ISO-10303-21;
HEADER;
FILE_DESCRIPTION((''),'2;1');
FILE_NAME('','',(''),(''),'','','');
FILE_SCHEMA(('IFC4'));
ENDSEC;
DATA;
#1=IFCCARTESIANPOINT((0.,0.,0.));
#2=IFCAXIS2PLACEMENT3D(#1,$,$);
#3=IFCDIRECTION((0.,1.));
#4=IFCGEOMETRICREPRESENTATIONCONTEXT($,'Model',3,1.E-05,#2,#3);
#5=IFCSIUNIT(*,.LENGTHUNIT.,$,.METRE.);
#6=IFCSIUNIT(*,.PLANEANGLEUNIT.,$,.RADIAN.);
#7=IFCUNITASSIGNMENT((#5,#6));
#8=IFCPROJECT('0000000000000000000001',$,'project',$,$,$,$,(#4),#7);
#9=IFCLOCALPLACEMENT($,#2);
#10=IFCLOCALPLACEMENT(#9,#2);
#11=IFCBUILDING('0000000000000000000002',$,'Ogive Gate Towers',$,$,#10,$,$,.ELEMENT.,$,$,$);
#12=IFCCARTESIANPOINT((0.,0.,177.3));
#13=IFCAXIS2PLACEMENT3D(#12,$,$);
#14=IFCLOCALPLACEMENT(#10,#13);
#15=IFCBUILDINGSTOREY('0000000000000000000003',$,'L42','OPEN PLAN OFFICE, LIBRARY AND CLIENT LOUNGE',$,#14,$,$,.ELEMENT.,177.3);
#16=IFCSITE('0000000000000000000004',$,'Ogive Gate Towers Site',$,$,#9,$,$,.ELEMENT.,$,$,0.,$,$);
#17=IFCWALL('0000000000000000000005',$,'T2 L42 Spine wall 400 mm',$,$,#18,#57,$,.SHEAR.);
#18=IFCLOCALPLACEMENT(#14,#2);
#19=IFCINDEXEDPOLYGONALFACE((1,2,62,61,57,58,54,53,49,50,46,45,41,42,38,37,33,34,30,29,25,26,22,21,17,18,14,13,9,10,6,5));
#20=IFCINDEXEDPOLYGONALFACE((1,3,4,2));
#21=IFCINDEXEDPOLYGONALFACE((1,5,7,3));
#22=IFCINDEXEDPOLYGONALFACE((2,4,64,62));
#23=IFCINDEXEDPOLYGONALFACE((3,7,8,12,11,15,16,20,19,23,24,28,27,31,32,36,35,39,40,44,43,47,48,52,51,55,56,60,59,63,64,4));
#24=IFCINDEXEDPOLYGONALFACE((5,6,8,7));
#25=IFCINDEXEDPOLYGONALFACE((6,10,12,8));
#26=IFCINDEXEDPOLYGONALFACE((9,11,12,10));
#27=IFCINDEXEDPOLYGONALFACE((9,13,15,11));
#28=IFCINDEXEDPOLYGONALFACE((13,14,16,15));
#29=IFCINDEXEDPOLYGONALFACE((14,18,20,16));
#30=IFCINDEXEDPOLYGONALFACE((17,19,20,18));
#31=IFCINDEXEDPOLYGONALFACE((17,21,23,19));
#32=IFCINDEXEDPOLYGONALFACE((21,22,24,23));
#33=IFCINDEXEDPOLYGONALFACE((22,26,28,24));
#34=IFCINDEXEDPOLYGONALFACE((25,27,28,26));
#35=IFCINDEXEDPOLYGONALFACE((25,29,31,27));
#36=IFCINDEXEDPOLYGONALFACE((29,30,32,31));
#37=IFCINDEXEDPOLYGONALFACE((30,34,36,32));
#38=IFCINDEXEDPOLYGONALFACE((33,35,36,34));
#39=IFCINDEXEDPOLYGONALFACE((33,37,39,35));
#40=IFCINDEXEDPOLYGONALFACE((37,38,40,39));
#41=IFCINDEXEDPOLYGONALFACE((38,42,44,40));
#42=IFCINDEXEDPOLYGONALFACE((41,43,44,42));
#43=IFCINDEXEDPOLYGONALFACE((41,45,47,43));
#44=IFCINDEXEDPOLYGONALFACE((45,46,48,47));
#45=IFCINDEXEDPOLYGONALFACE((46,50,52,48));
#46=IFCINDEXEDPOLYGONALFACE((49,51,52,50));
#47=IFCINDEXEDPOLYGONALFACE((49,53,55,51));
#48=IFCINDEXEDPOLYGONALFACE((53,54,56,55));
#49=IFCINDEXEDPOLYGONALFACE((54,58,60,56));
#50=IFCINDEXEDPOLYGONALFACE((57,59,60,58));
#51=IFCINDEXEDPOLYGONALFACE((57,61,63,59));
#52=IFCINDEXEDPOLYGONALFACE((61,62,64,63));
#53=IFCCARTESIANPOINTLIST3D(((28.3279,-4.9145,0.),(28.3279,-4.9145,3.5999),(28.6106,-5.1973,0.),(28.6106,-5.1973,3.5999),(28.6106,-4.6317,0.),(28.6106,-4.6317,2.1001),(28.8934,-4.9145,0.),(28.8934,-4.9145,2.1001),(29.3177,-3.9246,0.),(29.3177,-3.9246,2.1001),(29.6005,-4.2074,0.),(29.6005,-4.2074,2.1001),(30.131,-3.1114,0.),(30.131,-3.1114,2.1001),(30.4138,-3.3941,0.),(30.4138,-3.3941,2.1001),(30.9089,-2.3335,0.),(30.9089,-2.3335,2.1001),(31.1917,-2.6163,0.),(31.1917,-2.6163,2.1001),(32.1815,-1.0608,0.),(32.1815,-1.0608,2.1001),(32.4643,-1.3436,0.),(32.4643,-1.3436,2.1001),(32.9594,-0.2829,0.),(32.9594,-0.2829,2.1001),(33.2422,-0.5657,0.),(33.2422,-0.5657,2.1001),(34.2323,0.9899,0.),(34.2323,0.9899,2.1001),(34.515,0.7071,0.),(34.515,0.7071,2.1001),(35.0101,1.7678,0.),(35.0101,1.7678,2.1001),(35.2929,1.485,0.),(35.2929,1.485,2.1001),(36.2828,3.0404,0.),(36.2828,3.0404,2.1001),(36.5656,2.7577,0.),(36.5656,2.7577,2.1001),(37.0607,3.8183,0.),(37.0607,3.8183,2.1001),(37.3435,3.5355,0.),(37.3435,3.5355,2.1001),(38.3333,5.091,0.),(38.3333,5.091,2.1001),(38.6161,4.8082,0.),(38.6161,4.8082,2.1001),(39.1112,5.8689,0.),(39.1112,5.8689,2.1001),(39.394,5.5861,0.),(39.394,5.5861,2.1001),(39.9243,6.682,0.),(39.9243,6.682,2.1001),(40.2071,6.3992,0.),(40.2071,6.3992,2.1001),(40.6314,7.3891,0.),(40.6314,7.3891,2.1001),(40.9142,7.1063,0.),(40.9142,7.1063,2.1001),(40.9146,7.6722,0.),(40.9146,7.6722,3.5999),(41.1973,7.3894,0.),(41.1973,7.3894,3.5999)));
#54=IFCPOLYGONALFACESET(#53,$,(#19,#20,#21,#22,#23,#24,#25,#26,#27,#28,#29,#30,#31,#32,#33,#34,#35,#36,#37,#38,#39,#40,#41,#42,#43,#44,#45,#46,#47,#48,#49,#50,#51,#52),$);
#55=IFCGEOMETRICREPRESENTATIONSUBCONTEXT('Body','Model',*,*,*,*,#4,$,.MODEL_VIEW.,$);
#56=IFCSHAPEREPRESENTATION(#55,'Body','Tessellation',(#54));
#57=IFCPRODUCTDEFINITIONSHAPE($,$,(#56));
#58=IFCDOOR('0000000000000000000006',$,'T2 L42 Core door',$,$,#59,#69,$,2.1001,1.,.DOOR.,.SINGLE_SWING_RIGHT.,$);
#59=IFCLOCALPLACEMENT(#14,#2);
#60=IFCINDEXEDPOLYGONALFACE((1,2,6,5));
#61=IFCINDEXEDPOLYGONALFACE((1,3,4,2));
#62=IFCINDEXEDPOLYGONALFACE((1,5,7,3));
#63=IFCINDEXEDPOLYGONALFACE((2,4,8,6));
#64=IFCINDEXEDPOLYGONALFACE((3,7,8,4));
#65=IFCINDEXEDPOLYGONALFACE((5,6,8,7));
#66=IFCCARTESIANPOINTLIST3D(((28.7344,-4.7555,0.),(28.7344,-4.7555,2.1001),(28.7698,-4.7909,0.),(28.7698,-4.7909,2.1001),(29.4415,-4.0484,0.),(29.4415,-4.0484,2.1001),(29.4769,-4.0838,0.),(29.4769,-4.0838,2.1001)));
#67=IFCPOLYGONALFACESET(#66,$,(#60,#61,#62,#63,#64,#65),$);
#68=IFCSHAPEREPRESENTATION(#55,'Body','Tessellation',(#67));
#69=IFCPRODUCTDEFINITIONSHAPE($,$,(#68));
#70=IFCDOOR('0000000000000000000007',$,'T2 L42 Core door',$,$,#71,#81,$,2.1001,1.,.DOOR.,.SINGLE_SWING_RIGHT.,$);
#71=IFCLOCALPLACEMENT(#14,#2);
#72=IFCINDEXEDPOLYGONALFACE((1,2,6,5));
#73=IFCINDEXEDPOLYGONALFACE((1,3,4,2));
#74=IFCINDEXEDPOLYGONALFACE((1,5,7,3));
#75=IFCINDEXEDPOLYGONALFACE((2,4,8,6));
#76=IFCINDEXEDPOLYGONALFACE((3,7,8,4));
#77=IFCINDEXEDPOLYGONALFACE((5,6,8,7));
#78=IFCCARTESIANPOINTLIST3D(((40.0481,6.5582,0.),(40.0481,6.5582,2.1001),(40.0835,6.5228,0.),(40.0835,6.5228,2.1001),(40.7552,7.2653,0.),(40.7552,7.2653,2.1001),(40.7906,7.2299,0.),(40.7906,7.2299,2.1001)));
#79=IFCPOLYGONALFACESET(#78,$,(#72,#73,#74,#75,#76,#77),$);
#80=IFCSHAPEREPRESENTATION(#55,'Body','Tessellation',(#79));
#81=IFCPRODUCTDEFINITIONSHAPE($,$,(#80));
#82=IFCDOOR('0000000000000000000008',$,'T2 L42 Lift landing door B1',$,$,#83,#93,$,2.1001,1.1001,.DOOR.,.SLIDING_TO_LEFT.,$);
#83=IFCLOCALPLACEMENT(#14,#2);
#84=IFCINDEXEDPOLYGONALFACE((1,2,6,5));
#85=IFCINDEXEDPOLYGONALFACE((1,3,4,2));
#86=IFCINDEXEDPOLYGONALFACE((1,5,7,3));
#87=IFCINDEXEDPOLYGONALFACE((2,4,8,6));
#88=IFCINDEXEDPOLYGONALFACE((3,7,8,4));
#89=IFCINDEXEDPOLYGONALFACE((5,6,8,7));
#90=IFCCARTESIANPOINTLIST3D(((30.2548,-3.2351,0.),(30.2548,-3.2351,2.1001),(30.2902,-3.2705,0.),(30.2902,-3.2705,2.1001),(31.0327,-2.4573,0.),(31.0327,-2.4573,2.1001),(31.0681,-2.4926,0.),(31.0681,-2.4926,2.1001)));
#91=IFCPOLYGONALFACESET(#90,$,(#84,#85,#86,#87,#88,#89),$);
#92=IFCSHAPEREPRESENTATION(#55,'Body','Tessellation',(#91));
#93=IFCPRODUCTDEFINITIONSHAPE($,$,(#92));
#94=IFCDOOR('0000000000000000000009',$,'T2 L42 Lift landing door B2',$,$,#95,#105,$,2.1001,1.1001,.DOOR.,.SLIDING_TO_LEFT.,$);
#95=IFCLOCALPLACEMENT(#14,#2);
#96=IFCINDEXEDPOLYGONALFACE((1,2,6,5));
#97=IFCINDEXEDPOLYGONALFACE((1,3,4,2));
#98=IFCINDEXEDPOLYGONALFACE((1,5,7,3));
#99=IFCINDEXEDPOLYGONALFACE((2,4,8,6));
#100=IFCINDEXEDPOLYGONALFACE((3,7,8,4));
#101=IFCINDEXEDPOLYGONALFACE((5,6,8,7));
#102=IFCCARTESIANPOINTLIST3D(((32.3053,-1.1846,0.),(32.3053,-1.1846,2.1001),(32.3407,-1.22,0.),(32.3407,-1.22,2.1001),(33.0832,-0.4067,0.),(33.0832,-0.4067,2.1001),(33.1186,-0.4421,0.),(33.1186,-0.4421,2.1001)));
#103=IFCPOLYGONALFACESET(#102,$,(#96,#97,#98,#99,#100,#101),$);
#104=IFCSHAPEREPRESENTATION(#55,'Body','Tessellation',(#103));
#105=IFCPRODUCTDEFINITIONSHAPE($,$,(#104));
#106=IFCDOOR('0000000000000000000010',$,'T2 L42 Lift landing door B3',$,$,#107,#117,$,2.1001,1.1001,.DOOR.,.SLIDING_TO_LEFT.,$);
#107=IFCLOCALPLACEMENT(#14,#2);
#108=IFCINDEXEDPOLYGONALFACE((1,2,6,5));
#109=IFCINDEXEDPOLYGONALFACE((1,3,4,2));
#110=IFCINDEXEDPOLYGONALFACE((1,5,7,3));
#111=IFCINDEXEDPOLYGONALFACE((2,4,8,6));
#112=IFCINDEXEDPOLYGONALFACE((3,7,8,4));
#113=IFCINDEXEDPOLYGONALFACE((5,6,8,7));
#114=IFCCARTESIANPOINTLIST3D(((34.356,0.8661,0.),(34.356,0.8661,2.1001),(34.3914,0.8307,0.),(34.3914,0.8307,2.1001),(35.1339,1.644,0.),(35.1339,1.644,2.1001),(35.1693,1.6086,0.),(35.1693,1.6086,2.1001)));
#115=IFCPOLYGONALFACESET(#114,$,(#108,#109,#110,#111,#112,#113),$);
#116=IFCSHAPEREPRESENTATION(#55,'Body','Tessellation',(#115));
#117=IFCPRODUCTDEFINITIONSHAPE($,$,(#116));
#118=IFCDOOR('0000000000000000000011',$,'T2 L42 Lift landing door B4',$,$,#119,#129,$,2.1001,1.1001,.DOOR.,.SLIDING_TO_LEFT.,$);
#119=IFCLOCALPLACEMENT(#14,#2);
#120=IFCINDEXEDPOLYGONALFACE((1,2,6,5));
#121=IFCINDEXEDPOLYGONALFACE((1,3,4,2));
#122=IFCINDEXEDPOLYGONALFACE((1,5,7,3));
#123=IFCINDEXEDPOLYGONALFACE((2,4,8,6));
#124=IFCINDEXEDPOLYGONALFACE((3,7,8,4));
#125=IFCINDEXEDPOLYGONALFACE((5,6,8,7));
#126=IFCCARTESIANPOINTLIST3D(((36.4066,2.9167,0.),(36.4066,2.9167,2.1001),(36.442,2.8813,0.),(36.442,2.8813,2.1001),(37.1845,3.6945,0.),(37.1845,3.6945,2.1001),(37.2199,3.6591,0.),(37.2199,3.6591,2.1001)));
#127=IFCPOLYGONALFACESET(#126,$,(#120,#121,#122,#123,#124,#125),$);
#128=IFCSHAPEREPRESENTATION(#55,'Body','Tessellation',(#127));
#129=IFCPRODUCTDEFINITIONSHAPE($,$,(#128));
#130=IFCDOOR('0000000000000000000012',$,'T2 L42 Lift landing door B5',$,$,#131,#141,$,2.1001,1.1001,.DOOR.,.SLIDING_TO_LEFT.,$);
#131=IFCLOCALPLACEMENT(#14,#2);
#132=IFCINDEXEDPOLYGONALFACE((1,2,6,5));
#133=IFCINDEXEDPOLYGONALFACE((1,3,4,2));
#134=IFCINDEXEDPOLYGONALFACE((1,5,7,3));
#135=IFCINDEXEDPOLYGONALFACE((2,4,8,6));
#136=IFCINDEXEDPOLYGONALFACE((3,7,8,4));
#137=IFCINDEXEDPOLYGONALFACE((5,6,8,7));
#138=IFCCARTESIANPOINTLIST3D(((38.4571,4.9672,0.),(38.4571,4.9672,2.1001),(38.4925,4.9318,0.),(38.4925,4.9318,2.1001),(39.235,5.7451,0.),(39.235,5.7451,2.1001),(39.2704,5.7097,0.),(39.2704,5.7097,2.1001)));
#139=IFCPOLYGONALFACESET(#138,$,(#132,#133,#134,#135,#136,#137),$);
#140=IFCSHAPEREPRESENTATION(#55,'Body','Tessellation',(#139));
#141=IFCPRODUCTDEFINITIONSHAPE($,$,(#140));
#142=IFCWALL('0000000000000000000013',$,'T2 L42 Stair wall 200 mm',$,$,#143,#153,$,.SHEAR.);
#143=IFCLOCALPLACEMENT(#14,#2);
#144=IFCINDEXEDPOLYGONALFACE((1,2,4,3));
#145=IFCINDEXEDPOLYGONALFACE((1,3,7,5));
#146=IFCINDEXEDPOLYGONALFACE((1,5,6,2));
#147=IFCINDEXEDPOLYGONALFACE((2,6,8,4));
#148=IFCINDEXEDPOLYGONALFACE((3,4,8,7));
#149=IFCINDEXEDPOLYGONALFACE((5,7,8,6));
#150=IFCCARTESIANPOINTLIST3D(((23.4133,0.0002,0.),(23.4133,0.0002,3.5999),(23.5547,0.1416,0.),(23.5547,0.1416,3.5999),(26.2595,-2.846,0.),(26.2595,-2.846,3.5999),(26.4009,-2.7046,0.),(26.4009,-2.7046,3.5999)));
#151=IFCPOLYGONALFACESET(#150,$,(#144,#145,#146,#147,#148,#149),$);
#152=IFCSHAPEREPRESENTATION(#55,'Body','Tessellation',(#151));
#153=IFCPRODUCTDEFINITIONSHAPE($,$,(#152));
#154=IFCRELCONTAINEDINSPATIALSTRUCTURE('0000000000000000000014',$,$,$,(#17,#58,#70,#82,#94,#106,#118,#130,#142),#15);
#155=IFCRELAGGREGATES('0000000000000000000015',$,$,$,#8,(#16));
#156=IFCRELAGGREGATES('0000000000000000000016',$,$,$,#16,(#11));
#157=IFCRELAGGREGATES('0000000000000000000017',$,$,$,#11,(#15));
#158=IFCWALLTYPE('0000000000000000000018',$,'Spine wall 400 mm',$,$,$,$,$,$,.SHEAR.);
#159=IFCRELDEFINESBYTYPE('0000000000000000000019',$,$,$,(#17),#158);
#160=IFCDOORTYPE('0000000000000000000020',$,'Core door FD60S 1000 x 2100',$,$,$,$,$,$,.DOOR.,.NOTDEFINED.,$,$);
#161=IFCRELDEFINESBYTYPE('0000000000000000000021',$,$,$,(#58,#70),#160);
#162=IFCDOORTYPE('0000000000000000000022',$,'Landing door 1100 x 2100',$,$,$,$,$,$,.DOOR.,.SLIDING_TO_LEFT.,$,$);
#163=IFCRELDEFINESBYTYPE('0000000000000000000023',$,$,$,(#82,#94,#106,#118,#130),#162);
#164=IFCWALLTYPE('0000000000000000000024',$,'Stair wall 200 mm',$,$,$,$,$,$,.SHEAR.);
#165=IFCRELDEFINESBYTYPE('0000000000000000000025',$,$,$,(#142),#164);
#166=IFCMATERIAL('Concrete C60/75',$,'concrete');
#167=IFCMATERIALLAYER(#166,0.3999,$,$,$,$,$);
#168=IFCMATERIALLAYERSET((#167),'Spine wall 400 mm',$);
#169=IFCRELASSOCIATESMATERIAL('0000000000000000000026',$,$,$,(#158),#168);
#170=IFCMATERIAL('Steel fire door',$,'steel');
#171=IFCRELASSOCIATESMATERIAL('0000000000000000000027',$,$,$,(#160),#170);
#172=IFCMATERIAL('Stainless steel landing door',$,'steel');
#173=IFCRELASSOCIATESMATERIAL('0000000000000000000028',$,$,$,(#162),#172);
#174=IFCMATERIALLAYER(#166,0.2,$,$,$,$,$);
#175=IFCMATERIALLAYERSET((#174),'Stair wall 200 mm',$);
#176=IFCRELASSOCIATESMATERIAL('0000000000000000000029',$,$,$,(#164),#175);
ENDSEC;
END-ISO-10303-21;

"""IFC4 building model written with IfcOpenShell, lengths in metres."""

from ifc_helpers import new_model, si_unit, direction, frame, frame_2d, origin, place, context, subcontext, project, spatial, rectangle, extrude, material, layer, layer_set, type_object, element, fill, save


model = new_model("IFC4")

# Units and contexts
model_context = context("Model", 3, precision=1e-05, world=origin(), true_north=direction((0.0, 1.0)))
body_context = subcontext(model_context, "Body", "Model", "MODEL_VIEW")
ifc_project = project(units=[si_unit("LENGTHUNIT", "METRE"), si_unit("PLANEANGLEUNIT", "RADIAN")], contexts=[model_context])

# Site, building, storey
site_placement = place(None, origin())
site = spatial("IfcSite", under=ifc_project, at=site_placement, Name="Ogive Gate Towers Site", CompositionType="ELEMENT", RefElevation=0.0)
building_placement = place(site_placement, origin())
building = spatial("IfcBuilding", under=site, at=building_placement, Name="Ogive Gate Towers", CompositionType="ELEMENT")
storey_placement = place(building_placement, frame((0.0, 0.0, 177.3)))
storey = spatial("IfcBuildingStorey", under=building, at=storey_placement, Name="L42", Description="OPEN PLAN OFFICE, LIBRARY AND CLIENT LOUNGE", CompositionType="ELEMENT", Elevation=177.3)

# Shared definitions
ifc_material_1 = material(Name="Concrete C60/75", Category="concrete")

# Wall, openings, doors
ifc_layer_1 = layer(ifc_material_1, 0.3999)
ifc_layer_set_1 = layer_set([ifc_layer_1], Name="Spine wall 400 mm")
wall_type_1 = type_object("IfcWallType", Name="Spine wall 400 mm", PredefinedType="SHEAR", material=ifc_layer_set_1)
ifc_material_2 = material(Name="Steel fire door", Category="steel")
door_type_1 = type_object("IfcDoorType", Name="Core door FD60S 1000 x 2100", OperationType="NOTDEFINED", PredefinedType="DOOR", material=ifc_material_2)
ifc_material_3 = material(Name="Stainless steel landing door", Category="steel")
door_type_2 = type_object("IfcDoorType", Name="Landing door 1100 x 2100", OperationType="SLIDING_TO_LEFT", PredefinedType="DOOR", material=ifc_material_3)
wall_1_placement = place(storey_placement, frame((28.4692, -5.0559, 0.0), z_axis=(0.0, 0.0, 1.0), x_axis=(0.707107, 0.707107, 0.0)))
wall_1 = element("IfcWall", 1, at=wall_1_placement, inside=storey, type_object=wall_type_1, Name="T2 L42 Spine wall 400 mm", PredefinedType="SHEAR", context=body_context, shape_type="SweptSolid", body=[
    extrude(rectangle(XDim=17.8003, YDim=0.3999, at=frame_2d((8.9001, 0.0))), origin(), (0.0, 0.0, 1.0), 3.5999),
])
opening_1_placement = place(wall_1_placement, frame((0.3999, 0.0, 0.0)))
opening_1 = element("IfcOpeningElement", 2, at=opening_1_placement, cuts=wall_1, PredefinedType="OPENING", context=body_context, shape_type="SweptSolid", body=[
    extrude(rectangle(XDim=1.0, YDim=2.1001, at=frame_2d((0.5, 1.05))), frame((0.0, 0.21, 0.0), z_axis=(0.0, -1.0, 0.0), x_axis=(1.0, 0.0, 0.0)), (0.0, 0.0, 1.0), 0.4199),
])
opening_2_placement = place(wall_1_placement, frame((2.55, 0.0, 0.0)))
opening_2 = element("IfcOpeningElement", 3, at=opening_2_placement, cuts=wall_1, PredefinedType="OPENING", context=body_context, shape_type="SweptSolid", body=[
    extrude(rectangle(XDim=1.1001, YDim=2.1001, at=frame_2d((0.55, 1.05))), frame((0.0, 0.21, 0.0), z_axis=(0.0, -1.0, 0.0), x_axis=(1.0, 0.0, 0.0)), (0.0, 0.0, 1.0), 0.4199),
])
opening_3_placement = place(wall_1_placement, frame((5.45, 0.0, 0.0)))
opening_3 = element("IfcOpeningElement", 4, at=opening_3_placement, cuts=wall_1, PredefinedType="OPENING", context=body_context, shape_type="SweptSolid", body=[
    extrude(rectangle(XDim=1.1001, YDim=2.1001, at=frame_2d((0.55, 1.05))), frame((0.0, 0.21, 0.0), z_axis=(0.0, -1.0, 0.0), x_axis=(1.0, 0.0, 0.0)), (0.0, 0.0, 1.0), 0.4199),
])
opening_4_placement = place(wall_1_placement, frame((8.3501, 0.0, 0.0)))
opening_4 = element("IfcOpeningElement", 5, at=opening_4_placement, cuts=wall_1, PredefinedType="OPENING", context=body_context, shape_type="SweptSolid", body=[
    extrude(rectangle(XDim=1.1001, YDim=2.1001, at=frame_2d((0.55, 1.05))), frame((0.0, 0.21, 0.0), z_axis=(0.0, -1.0, 0.0), x_axis=(1.0, 0.0, 0.0)), (0.0, 0.0, 1.0), 0.4199),
])
opening_5_placement = place(wall_1_placement, frame((11.25, 0.0, 0.0)))
opening_5 = element("IfcOpeningElement", 6, at=opening_5_placement, cuts=wall_1, PredefinedType="OPENING", context=body_context, shape_type="SweptSolid", body=[
    extrude(rectangle(XDim=1.1001, YDim=2.1001, at=frame_2d((0.55, 1.05))), frame((0.0, 0.21, 0.0), z_axis=(0.0, -1.0, 0.0), x_axis=(1.0, 0.0, 0.0)), (0.0, 0.0, 1.0), 0.4199),
])
opening_6_placement = place(wall_1_placement, frame((14.1499, 0.0, 0.0)))
opening_6 = element("IfcOpeningElement", 7, at=opening_6_placement, cuts=wall_1, PredefinedType="OPENING", context=body_context, shape_type="SweptSolid", body=[
    extrude(rectangle(XDim=1.1001, YDim=2.1001, at=frame_2d((0.55, 1.05))), frame((0.0, 0.21, 0.0), z_axis=(0.0, -1.0, 0.0), x_axis=(1.0, 0.0, 0.0)), (0.0, 0.0, 1.0), 0.4199),
])
opening_7_placement = place(wall_1_placement, frame((16.3999, 0.0, 0.0)))
opening_7 = element("IfcOpeningElement", 8, at=opening_7_placement, cuts=wall_1, PredefinedType="OPENING", context=body_context, shape_type="SweptSolid", body=[
    extrude(rectangle(XDim=1.0, YDim=2.1001, at=frame_2d((0.5, 1.05))), frame((0.0, 0.21, 0.0), z_axis=(0.0, -1.0, 0.0), x_axis=(1.0, 0.0, 0.0)), (0.0, 0.0, 1.0), 0.4199),
])
door_1_placement = place(opening_1_placement, origin())
door_1 = element("IfcDoor", 9, at=door_1_placement, inside=storey, type_object=door_type_1, Name="T2 L42 Core door", OperationType="SINGLE_SWING_RIGHT", OverallHeight=2.1001, OverallWidth=1.0, PredefinedType="DOOR", context=body_context, shape_type="SweptSolid", body=[
    extrude(rectangle(XDim=1.0, YDim=2.1001, at=frame_2d((0.5, 1.05))), frame((0.0, 0.0249, 0.0), z_axis=(0.0, -1.0, 0.0), x_axis=(1.0, 0.0, 0.0)), (0.0, 0.0, 1.0), 0.05),
])
fill(opening_1, door_1)
door_2_placement = place(opening_7_placement, origin())
door_2 = element("IfcDoor", 10, at=door_2_placement, inside=storey, type_object=door_type_1, Name="T2 L42 Core door", OperationType="SINGLE_SWING_RIGHT", OverallHeight=2.1001, OverallWidth=1.0, PredefinedType="DOOR", context=body_context, shape_type="SweptSolid", body=[
    extrude(rectangle(XDim=1.0, YDim=2.1001, at=frame_2d((0.5, 1.05))), frame((0.0, 0.0249, 0.0), z_axis=(0.0, -1.0, 0.0), x_axis=(1.0, 0.0, 0.0)), (0.0, 0.0, 1.0), 0.05),
])
fill(opening_7, door_2)
door_3_placement = place(opening_2_placement, origin())
door_3 = element("IfcDoor", 11, at=door_3_placement, inside=storey, type_object=door_type_2, Name="T2 L42 Lift landing door B1", OperationType="SLIDING_TO_LEFT", OverallHeight=2.1001, OverallWidth=1.1001, PredefinedType="DOOR", context=body_context, shape_type="SweptSolid", body=[
    extrude(rectangle(XDim=1.1001, YDim=2.1001, at=frame_2d((0.55, 1.05))), frame((0.0, 0.0249, 0.0), z_axis=(0.0, -1.0, 0.0), x_axis=(1.0, 0.0, 0.0)), (0.0, 0.0, 1.0), 0.05),
])
fill(opening_2, door_3)
door_4_placement = place(opening_3_placement, origin())
door_4 = element("IfcDoor", 12, at=door_4_placement, inside=storey, type_object=door_type_2, Name="T2 L42 Lift landing door B2", OperationType="SLIDING_TO_LEFT", OverallHeight=2.1001, OverallWidth=1.1001, PredefinedType="DOOR", context=body_context, shape_type="SweptSolid", body=[
    extrude(rectangle(XDim=1.1001, YDim=2.1001, at=frame_2d((0.55, 1.05))), frame((0.0, 0.0249, 0.0), z_axis=(0.0, -1.0, 0.0), x_axis=(1.0, 0.0, 0.0)), (0.0, 0.0, 1.0), 0.05),
])
fill(opening_3, door_4)
door_5_placement = place(opening_4_placement, origin())
door_5 = element("IfcDoor", 13, at=door_5_placement, inside=storey, type_object=door_type_2, Name="T2 L42 Lift landing door B3", OperationType="SLIDING_TO_LEFT", OverallHeight=2.1001, OverallWidth=1.1001, PredefinedType="DOOR", context=body_context, shape_type="SweptSolid", body=[
    extrude(rectangle(XDim=1.1001, YDim=2.1001, at=frame_2d((0.55, 1.05))), frame((0.0, 0.0249, 0.0), z_axis=(0.0, -1.0, 0.0), x_axis=(1.0, 0.0, 0.0)), (0.0, 0.0, 1.0), 0.05),
])
fill(opening_4, door_5)
door_6_placement = place(opening_5_placement, origin())
door_6 = element("IfcDoor", 14, at=door_6_placement, inside=storey, type_object=door_type_2, Name="T2 L42 Lift landing door B4", OperationType="SLIDING_TO_LEFT", OverallHeight=2.1001, OverallWidth=1.1001, PredefinedType="DOOR", context=body_context, shape_type="SweptSolid", body=[
    extrude(rectangle(XDim=1.1001, YDim=2.1001, at=frame_2d((0.55, 1.05))), frame((0.0, 0.0249, 0.0), z_axis=(0.0, -1.0, 0.0), x_axis=(1.0, 0.0, 0.0)), (0.0, 0.0, 1.0), 0.05),
])
fill(opening_5, door_6)
door_7_placement = place(opening_6_placement, origin())
door_7 = element("IfcDoor", 15, at=door_7_placement, inside=storey, type_object=door_type_2, Name="T2 L42 Lift landing door B5", OperationType="SLIDING_TO_LEFT", OverallHeight=2.1001, OverallWidth=1.1001, PredefinedType="DOOR", context=body_context, shape_type="SweptSolid", body=[
    extrude(rectangle(XDim=1.1001, YDim=2.1001, at=frame_2d((0.55, 1.05))), frame((0.0, 0.0249, 0.0), z_axis=(0.0, -1.0, 0.0), x_axis=(1.0, 0.0, 0.0)), (0.0, 0.0, 1.0), 0.05),
])
fill(opening_6, door_7)

# Wall
ifc_layer_2 = layer(ifc_material_1, 0.2)
ifc_layer_set_2 = layer_set([ifc_layer_2], Name="Stair wall 200 mm")
wall_type_2 = type_object("IfcWallType", Name="Stair wall 200 mm", PredefinedType="SHEAR", material=ifc_layer_set_2)
wall_2_placement = place(storey_placement, frame((26.3303, -2.7754, 0.0), z_axis=(0.0, 0.0, 1.0), x_axis=(-0.707107, 0.707107, 0.0)))
element("IfcWall", 16, at=wall_2_placement, inside=storey, type_object=wall_type_2, Name="T2 L42 Stair wall 200 mm", PredefinedType="SHEAR", context=body_context, shape_type="SweptSolid", body=[
    extrude(rectangle(XDim=4.0251, YDim=0.2, at=frame_2d((2.0127, 0.0))), origin(), (0.0, 0.0, 1.0), 3.5999),
])

save(model, "model.ifc")
